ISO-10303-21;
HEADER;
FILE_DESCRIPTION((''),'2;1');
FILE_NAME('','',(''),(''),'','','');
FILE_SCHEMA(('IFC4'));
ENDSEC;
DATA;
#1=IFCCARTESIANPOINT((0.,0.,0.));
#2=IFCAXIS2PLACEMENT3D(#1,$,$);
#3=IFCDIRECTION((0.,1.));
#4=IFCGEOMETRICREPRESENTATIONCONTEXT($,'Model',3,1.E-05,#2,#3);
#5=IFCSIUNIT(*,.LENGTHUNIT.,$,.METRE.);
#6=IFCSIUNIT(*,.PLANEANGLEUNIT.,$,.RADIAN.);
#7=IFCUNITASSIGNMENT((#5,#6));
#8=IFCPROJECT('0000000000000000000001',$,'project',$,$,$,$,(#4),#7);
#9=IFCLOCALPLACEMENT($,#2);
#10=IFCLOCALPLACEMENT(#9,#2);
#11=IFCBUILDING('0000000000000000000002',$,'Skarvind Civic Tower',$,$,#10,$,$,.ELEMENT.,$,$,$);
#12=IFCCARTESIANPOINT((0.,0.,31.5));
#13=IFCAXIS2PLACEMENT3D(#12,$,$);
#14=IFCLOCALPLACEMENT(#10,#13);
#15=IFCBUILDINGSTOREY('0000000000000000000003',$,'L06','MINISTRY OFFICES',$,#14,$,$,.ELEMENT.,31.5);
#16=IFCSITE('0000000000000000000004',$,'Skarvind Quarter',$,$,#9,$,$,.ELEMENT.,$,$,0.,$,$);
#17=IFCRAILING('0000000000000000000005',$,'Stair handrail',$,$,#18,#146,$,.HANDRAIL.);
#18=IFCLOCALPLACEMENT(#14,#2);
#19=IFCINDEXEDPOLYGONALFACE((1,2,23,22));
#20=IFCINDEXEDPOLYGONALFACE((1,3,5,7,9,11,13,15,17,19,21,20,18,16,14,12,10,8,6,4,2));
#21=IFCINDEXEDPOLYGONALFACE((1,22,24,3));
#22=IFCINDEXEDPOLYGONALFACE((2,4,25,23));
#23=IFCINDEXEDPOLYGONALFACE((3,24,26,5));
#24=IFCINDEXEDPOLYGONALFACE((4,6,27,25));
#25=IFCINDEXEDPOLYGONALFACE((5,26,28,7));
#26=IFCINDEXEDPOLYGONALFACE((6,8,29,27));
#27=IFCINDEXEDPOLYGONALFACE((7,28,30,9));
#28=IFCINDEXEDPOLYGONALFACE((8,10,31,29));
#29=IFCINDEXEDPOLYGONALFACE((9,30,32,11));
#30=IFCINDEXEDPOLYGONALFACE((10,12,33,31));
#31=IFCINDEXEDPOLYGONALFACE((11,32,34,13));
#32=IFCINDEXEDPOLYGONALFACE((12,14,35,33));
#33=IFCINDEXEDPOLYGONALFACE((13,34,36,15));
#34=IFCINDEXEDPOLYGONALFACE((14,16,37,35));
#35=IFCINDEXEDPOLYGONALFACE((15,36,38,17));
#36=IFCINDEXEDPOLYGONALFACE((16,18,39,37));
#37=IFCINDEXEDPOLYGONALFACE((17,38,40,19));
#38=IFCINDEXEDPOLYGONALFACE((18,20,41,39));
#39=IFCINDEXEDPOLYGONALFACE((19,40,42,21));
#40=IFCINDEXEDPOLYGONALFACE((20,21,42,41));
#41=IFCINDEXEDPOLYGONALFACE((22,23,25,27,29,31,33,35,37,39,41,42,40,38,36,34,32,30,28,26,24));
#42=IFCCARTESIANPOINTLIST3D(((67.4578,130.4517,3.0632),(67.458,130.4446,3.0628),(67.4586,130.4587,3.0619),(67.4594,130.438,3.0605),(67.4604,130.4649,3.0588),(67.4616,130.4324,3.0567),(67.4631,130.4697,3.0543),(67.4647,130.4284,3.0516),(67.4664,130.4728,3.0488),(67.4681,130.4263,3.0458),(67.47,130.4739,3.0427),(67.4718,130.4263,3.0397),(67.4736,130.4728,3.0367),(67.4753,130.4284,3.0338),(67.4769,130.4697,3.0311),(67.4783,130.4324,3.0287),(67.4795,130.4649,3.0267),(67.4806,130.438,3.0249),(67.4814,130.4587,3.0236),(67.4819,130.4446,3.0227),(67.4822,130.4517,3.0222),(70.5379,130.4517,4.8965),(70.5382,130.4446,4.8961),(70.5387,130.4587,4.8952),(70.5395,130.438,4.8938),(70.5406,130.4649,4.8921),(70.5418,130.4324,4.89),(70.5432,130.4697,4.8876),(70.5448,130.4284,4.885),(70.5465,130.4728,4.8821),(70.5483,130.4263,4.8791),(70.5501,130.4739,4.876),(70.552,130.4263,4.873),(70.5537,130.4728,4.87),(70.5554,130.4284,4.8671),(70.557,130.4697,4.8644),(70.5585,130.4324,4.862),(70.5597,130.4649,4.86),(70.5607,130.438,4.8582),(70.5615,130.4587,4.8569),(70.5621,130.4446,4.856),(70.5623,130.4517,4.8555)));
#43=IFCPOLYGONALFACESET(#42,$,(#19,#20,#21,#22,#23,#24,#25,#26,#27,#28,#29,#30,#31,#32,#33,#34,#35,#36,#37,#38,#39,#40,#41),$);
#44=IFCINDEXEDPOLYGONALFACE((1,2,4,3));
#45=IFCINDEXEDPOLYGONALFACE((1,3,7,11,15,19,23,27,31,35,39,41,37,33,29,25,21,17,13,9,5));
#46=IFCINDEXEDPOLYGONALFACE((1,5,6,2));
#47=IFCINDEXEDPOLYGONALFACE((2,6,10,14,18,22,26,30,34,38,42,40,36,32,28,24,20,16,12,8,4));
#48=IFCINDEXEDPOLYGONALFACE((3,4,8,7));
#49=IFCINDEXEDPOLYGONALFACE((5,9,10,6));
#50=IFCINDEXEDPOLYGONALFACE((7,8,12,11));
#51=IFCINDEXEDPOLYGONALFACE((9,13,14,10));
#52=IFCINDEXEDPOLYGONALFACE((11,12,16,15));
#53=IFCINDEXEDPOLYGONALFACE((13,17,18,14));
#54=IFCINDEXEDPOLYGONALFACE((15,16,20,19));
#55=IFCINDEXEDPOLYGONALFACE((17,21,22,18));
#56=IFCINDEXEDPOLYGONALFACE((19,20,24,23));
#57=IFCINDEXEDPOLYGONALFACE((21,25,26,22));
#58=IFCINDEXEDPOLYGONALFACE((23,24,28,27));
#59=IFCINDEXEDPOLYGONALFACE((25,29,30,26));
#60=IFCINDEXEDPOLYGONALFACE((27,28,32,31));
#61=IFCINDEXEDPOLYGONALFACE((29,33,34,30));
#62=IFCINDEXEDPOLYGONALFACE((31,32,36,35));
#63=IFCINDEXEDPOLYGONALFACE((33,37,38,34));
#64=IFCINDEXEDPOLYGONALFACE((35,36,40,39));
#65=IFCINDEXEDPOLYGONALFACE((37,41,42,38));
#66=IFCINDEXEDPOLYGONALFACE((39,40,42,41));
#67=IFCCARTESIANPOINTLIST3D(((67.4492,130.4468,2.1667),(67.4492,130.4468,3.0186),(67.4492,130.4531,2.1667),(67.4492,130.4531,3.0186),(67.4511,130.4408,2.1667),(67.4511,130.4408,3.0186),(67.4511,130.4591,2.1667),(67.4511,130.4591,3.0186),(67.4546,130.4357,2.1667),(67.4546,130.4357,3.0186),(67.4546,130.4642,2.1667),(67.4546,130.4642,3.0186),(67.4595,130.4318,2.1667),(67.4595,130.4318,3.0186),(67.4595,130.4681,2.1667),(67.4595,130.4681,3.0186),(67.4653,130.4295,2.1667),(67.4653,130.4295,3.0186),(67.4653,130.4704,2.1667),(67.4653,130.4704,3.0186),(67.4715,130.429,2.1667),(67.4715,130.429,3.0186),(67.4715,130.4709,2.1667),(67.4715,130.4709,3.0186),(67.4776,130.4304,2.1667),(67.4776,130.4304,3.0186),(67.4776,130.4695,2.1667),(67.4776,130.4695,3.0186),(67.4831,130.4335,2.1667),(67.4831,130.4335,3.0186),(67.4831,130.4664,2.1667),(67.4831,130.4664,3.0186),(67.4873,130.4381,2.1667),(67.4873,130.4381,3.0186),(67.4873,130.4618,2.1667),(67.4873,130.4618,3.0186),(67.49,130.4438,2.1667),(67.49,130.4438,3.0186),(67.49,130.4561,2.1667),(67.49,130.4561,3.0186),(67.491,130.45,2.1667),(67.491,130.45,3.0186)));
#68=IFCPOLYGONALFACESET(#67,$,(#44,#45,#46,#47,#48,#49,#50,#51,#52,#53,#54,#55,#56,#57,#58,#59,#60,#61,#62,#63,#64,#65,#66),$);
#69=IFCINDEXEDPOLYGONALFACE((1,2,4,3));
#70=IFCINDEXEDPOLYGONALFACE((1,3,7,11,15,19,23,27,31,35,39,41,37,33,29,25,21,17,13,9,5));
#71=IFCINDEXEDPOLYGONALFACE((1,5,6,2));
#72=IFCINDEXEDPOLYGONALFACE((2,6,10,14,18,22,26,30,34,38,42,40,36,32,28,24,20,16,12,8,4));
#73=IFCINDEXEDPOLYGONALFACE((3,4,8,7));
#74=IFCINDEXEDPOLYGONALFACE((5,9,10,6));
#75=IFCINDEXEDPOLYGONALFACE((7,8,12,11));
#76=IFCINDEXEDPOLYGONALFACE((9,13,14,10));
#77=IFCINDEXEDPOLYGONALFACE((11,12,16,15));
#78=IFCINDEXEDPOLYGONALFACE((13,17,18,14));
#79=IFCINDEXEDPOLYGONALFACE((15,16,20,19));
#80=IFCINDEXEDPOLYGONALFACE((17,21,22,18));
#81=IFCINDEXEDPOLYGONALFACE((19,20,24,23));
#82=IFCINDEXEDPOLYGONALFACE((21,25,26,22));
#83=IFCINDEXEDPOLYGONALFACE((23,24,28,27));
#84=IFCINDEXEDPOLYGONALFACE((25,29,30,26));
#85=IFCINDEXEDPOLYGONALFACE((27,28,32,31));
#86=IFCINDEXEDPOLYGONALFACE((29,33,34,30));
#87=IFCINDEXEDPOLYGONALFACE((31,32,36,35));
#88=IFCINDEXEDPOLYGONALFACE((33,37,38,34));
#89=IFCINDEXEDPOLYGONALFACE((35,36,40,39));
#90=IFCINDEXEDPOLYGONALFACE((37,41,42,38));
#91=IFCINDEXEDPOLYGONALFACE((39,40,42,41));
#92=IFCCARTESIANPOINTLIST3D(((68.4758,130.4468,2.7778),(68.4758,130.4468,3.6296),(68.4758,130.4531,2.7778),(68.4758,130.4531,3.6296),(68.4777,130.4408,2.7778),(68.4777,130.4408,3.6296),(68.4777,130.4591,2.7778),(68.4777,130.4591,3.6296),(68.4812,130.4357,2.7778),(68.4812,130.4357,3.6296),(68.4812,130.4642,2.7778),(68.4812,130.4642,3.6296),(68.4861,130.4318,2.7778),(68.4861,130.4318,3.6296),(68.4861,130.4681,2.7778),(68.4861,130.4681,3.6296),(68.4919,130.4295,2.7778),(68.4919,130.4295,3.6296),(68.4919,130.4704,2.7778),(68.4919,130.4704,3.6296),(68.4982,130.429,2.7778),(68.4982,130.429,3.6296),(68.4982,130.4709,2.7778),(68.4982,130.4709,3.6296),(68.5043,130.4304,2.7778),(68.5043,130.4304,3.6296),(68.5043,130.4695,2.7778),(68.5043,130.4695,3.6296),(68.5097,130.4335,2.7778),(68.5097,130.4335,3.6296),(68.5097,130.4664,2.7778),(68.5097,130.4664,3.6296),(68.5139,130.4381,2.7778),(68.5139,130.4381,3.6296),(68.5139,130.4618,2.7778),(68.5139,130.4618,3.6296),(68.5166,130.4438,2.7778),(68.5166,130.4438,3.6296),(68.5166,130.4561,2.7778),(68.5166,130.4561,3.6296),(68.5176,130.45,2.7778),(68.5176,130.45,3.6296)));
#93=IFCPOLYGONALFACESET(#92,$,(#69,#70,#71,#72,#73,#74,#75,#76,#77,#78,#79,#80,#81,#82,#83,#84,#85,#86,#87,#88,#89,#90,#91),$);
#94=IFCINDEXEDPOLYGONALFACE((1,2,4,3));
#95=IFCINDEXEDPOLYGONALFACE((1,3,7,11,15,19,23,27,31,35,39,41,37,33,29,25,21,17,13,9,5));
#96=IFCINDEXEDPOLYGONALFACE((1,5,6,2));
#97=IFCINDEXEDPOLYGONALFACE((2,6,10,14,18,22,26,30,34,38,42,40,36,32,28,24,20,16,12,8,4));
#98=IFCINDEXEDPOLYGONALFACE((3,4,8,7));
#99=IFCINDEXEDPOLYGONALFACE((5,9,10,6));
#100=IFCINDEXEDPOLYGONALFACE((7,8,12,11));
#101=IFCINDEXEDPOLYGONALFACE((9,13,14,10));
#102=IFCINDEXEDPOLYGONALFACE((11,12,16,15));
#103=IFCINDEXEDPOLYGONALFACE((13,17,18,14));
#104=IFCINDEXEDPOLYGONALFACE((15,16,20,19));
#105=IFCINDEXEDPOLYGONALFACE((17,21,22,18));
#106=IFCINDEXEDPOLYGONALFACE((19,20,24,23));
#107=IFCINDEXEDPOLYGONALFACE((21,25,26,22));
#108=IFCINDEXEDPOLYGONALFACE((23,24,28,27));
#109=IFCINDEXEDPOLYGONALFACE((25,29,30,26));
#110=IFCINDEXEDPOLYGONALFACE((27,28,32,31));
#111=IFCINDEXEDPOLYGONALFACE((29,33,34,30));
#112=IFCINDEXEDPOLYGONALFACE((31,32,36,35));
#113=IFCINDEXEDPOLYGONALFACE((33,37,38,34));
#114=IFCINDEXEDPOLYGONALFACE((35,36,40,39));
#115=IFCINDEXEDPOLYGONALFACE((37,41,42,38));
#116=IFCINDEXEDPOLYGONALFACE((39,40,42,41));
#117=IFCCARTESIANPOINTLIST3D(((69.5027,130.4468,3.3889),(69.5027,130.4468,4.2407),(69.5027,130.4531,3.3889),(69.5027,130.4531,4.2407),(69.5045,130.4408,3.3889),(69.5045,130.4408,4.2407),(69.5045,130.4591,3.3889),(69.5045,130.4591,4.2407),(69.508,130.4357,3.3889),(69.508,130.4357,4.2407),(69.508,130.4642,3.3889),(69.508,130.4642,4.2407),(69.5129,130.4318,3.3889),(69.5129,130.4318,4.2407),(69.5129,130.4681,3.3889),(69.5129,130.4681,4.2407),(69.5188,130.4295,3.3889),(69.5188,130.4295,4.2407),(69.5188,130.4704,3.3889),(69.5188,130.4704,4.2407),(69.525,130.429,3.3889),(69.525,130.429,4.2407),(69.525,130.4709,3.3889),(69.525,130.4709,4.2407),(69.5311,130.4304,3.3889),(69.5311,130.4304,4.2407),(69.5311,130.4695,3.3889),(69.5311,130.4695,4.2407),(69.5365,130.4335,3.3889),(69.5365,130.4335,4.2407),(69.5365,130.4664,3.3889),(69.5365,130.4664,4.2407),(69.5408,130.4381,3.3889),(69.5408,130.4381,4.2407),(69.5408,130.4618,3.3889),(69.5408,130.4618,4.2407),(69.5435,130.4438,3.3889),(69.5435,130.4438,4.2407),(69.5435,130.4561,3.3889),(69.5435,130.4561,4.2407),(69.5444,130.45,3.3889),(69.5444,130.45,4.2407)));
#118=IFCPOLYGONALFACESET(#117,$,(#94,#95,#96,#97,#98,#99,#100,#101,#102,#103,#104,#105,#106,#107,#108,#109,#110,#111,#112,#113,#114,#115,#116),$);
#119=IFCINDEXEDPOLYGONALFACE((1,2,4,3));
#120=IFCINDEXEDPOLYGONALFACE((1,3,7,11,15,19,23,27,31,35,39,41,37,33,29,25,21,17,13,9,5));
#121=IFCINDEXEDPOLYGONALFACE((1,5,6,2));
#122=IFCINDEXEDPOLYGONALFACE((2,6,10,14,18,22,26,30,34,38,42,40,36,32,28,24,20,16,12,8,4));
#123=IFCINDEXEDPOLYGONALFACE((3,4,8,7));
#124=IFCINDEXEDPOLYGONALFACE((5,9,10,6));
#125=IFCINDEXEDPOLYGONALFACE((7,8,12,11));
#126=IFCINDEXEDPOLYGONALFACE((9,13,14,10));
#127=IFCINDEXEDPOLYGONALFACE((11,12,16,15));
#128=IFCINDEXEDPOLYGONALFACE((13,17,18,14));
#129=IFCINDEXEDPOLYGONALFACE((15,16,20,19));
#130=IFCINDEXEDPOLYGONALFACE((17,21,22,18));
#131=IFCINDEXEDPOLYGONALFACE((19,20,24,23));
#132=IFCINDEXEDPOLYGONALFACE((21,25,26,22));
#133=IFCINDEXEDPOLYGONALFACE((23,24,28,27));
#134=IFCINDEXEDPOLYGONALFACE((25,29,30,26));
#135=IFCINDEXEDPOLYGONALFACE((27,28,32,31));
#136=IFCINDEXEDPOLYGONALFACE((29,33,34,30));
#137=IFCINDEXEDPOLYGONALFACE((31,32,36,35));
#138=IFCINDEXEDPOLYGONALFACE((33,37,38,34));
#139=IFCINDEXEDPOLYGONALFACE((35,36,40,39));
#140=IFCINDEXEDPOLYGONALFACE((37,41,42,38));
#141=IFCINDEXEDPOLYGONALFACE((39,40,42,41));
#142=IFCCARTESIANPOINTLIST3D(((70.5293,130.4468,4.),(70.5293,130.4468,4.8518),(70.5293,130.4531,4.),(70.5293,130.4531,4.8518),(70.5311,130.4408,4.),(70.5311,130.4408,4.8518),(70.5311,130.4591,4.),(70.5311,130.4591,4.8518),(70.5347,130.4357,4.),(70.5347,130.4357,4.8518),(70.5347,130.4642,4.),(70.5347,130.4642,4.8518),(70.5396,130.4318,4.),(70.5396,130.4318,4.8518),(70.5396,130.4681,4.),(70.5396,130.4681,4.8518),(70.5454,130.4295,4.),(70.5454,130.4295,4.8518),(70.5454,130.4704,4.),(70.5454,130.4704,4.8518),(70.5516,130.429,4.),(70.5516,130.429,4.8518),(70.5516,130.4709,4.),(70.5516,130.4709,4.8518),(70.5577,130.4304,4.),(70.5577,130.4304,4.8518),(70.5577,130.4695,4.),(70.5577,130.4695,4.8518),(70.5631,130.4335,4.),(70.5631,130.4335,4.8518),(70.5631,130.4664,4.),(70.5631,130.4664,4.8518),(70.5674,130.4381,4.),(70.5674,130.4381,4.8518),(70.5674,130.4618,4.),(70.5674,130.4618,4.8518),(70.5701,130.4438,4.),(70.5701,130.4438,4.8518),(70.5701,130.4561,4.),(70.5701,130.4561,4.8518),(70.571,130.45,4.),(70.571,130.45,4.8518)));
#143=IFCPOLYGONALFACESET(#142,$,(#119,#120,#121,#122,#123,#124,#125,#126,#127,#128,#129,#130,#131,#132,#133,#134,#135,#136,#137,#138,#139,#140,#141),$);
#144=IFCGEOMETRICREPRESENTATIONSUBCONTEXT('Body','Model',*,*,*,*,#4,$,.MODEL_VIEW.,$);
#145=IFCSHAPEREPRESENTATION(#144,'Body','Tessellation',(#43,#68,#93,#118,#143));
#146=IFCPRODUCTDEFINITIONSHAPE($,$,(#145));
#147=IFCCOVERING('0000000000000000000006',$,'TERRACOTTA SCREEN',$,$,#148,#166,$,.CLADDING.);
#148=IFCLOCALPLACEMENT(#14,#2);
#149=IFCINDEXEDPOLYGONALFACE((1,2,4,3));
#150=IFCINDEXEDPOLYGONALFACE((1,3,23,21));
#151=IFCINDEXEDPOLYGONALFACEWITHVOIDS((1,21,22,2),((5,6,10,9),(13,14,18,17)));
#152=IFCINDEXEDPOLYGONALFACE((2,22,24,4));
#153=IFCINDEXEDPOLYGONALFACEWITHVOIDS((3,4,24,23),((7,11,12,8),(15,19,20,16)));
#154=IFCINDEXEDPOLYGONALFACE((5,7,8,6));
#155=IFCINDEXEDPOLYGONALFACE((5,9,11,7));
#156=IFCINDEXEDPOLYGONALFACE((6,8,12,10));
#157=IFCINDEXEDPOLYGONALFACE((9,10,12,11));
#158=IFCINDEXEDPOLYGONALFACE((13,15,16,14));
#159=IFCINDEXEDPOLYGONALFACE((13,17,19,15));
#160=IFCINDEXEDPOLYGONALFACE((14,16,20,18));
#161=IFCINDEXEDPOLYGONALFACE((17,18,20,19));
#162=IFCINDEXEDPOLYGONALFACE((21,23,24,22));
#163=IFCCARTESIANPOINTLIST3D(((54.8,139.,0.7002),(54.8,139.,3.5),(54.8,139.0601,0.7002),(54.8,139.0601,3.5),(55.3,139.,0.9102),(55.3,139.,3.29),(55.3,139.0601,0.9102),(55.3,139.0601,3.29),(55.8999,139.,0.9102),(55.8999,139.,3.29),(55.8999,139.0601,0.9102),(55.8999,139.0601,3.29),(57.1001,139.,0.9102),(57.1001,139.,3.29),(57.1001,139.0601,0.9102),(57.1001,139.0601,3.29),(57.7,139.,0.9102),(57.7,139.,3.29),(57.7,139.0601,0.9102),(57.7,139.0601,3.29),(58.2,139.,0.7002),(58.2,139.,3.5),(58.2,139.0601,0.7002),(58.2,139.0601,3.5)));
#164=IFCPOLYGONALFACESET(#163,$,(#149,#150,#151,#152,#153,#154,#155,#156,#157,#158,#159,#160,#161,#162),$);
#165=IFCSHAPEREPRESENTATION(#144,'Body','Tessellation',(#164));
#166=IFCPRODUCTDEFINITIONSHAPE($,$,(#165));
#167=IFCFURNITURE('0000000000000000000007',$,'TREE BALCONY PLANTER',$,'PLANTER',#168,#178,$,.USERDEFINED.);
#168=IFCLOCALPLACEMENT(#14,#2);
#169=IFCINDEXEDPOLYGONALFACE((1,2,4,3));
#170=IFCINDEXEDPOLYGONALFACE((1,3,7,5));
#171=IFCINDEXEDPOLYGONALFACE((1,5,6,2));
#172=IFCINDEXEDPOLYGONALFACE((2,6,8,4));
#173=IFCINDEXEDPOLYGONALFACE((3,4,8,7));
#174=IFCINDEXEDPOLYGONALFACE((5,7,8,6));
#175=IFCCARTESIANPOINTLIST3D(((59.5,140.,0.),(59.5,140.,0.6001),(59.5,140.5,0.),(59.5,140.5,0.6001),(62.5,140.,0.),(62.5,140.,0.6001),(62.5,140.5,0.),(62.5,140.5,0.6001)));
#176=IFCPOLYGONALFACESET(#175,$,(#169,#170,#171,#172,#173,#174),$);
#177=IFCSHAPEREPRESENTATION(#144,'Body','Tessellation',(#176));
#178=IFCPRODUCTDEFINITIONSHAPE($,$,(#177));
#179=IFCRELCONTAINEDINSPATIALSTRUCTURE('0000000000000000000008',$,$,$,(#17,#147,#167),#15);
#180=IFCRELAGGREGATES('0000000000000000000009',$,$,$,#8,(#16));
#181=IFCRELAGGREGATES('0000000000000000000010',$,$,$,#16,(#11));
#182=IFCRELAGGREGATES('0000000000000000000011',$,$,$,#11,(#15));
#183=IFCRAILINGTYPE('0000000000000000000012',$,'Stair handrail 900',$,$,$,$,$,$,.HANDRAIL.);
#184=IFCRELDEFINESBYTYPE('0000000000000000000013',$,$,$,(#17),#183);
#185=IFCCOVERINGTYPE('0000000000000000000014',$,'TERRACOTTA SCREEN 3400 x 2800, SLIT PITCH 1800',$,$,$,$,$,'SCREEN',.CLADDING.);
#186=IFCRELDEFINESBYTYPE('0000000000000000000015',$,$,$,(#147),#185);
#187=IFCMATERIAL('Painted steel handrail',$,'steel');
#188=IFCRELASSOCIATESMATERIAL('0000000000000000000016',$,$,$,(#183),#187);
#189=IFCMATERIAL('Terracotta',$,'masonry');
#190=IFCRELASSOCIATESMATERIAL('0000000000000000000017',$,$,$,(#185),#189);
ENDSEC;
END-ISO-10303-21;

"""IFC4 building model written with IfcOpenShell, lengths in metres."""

from ifc_helpers import new_model, si_unit, direction, frame, origin, origin_2d, place, context, subcontext, project, spatial, polyline, rectangle, circle, outline, extrude, material, material_profile, profile_set, type_object, element, save


model = new_model("IFC4")

# Units and contexts
model_context = context("Model", 3, precision=1e-05, world=origin(), true_north=direction((0.0, 1.0)))
body_context = subcontext(model_context, "Body", "Model", "MODEL_VIEW")
ifc_project = project(units=[si_unit("LENGTHUNIT", "METRE"), si_unit("PLANEANGLEUNIT", "RADIAN")], contexts=[model_context])

# Site, building, storey
site_placement = place(None, origin())
site = spatial("IfcSite", under=ifc_project, at=site_placement, Name="Skarvind Quarter", CompositionType="ELEMENT", RefElevation=0.0)
building_placement = place(site_placement, origin())
building = spatial("IfcBuilding", under=site, at=building_placement, Name="Skarvind Civic Tower", CompositionType="ELEMENT")
storey_placement = place(building_placement, frame((0.0, 0.0, 31.5)))
storey = spatial("IfcBuildingStorey", under=building, at=storey_placement, Name="L06", Description="MINISTRY OFFICES", CompositionType="ELEMENT", Elevation=31.5)

# Railing
ifc_material_1 = material(Name="Painted steel handrail", Category="steel")
railing_type_1 = type_object("IfcRailingType", Name="Stair handrail 900", PredefinedType="HANDRAIL", material=ifc_material_1)
railing_1_placement = place(storey_placement, frame((67.47, 130.45, 2.1667)))
element("IfcRailing", 1, at=railing_1_placement, inside=storey, type_object=railing_type_1, Name="Stair handrail", PredefinedType="HANDRAIL", context=body_context, shape_type="SweptSolid", body=[
    extrude(circle(Radius=0.0239, at=origin_2d()), frame((0.0, 0.0, 0.876), z_axis=(0.859309, 0.0, 0.511458), x_axis=(0.0, 1.0, 0.0)), (0.0, 0.0, 1.0), 3.5845),
    extrude(circle(Radius=0.021, at=origin_2d()), origin(), (0.0, 0.0, 1.0), 0.8518),
    extrude(circle(Radius=0.021, at=origin_2d()), frame((1.0266, 0.0, 0.6111)), (0.0, 0.0, 1.0), 0.8518),
    extrude(circle(Radius=0.021, at=origin_2d()), frame((2.0535, 0.0, 1.2222)), (0.0, 0.0, 1.0), 0.8518),
    extrude(circle(Radius=0.021, at=origin_2d()), frame((3.0801, 0.0, 1.8333)), (0.0, 0.0, 1.0), 0.8518),
])

# Covering
ifc_material_2 = material(Name="Terracotta", Category="masonry")
ifc_material_profile_1 = material_profile(ifc_material_2, outline(polyline([(-1.7, -1.3999), (1.7, -1.3999), (1.7, 1.3999), (-1.7, 1.3999), (-1.7, -1.3999)]), holes=[polyline([(-1.2, -1.1899), (-0.6001, -1.1899), (-0.6001, 1.1899), (-1.2, 1.1899), (-1.2, -1.1899)]), polyline([(0.6001, -1.1899), (1.2, -1.1899), (1.2, 1.1899), (0.6001, 1.1899), (0.6001, -1.1899)])]), Name="TERRACOTTA SCREEN 3400 x 2800, SLIT PITCH 1800")
ifc_profile_set_1 = profile_set([ifc_material_profile_1], Name="Terracotta")
covering_type = type_object("IfcCoveringType", Name="TERRACOTTA SCREEN 3400 x 2800, SLIT PITCH 1800", ElementType="SCREEN", PredefinedType="CLADDING", material=ifc_profile_set_1)
covering_placement = place(storey_placement, frame((56.5, 139.0, 2.1001), z_axis=(0.0, 1.0, 0.0), x_axis=(-1.0, 0.0, 0.0)))
element("IfcCovering", 2, at=covering_placement, inside=storey, type_object=covering_type, Name="TERRACOTTA SCREEN", PredefinedType="CLADDING", context=body_context, shape_type="SweptSolid", body=[
    extrude(outline(polyline([(-1.7, -1.3999), (1.7, -1.3999), (1.7, 1.3999), (-1.7, 1.3999), (-1.7, -1.3999)]), holes=[polyline([(-1.2, -1.1899), (-0.6001, -1.1899), (-0.6001, 1.1899), (-1.2, 1.1899), (-1.2, -1.1899)]), polyline([(0.6001, -1.1899), (1.2, -1.1899), (1.2, 1.1899), (0.6001, 1.1899), (0.6001, -1.1899)])]), origin(), (0.0, 0.0, 1.0), 0.0601),
])

# Furniture
furniture_placement = place(storey_placement, frame((61.0, 140.25, 0.0), z_axis=(0.0, 0.0, 1.0), x_axis=(1.0, 0.0, 0.0)))
element("IfcFurniture", 3, at=furniture_placement, inside=storey, Name="TREE BALCONY PLANTER", ObjectType="PLANTER", PredefinedType="USERDEFINED", context=body_context, shape_type="SweptSolid", body=[
    extrude(rectangle(XDim=3.0, YDim=0.5, at=origin_2d()), origin(), (0.0, 0.0, 1.0), 0.6001),
])

save(model, "model.ifc")
